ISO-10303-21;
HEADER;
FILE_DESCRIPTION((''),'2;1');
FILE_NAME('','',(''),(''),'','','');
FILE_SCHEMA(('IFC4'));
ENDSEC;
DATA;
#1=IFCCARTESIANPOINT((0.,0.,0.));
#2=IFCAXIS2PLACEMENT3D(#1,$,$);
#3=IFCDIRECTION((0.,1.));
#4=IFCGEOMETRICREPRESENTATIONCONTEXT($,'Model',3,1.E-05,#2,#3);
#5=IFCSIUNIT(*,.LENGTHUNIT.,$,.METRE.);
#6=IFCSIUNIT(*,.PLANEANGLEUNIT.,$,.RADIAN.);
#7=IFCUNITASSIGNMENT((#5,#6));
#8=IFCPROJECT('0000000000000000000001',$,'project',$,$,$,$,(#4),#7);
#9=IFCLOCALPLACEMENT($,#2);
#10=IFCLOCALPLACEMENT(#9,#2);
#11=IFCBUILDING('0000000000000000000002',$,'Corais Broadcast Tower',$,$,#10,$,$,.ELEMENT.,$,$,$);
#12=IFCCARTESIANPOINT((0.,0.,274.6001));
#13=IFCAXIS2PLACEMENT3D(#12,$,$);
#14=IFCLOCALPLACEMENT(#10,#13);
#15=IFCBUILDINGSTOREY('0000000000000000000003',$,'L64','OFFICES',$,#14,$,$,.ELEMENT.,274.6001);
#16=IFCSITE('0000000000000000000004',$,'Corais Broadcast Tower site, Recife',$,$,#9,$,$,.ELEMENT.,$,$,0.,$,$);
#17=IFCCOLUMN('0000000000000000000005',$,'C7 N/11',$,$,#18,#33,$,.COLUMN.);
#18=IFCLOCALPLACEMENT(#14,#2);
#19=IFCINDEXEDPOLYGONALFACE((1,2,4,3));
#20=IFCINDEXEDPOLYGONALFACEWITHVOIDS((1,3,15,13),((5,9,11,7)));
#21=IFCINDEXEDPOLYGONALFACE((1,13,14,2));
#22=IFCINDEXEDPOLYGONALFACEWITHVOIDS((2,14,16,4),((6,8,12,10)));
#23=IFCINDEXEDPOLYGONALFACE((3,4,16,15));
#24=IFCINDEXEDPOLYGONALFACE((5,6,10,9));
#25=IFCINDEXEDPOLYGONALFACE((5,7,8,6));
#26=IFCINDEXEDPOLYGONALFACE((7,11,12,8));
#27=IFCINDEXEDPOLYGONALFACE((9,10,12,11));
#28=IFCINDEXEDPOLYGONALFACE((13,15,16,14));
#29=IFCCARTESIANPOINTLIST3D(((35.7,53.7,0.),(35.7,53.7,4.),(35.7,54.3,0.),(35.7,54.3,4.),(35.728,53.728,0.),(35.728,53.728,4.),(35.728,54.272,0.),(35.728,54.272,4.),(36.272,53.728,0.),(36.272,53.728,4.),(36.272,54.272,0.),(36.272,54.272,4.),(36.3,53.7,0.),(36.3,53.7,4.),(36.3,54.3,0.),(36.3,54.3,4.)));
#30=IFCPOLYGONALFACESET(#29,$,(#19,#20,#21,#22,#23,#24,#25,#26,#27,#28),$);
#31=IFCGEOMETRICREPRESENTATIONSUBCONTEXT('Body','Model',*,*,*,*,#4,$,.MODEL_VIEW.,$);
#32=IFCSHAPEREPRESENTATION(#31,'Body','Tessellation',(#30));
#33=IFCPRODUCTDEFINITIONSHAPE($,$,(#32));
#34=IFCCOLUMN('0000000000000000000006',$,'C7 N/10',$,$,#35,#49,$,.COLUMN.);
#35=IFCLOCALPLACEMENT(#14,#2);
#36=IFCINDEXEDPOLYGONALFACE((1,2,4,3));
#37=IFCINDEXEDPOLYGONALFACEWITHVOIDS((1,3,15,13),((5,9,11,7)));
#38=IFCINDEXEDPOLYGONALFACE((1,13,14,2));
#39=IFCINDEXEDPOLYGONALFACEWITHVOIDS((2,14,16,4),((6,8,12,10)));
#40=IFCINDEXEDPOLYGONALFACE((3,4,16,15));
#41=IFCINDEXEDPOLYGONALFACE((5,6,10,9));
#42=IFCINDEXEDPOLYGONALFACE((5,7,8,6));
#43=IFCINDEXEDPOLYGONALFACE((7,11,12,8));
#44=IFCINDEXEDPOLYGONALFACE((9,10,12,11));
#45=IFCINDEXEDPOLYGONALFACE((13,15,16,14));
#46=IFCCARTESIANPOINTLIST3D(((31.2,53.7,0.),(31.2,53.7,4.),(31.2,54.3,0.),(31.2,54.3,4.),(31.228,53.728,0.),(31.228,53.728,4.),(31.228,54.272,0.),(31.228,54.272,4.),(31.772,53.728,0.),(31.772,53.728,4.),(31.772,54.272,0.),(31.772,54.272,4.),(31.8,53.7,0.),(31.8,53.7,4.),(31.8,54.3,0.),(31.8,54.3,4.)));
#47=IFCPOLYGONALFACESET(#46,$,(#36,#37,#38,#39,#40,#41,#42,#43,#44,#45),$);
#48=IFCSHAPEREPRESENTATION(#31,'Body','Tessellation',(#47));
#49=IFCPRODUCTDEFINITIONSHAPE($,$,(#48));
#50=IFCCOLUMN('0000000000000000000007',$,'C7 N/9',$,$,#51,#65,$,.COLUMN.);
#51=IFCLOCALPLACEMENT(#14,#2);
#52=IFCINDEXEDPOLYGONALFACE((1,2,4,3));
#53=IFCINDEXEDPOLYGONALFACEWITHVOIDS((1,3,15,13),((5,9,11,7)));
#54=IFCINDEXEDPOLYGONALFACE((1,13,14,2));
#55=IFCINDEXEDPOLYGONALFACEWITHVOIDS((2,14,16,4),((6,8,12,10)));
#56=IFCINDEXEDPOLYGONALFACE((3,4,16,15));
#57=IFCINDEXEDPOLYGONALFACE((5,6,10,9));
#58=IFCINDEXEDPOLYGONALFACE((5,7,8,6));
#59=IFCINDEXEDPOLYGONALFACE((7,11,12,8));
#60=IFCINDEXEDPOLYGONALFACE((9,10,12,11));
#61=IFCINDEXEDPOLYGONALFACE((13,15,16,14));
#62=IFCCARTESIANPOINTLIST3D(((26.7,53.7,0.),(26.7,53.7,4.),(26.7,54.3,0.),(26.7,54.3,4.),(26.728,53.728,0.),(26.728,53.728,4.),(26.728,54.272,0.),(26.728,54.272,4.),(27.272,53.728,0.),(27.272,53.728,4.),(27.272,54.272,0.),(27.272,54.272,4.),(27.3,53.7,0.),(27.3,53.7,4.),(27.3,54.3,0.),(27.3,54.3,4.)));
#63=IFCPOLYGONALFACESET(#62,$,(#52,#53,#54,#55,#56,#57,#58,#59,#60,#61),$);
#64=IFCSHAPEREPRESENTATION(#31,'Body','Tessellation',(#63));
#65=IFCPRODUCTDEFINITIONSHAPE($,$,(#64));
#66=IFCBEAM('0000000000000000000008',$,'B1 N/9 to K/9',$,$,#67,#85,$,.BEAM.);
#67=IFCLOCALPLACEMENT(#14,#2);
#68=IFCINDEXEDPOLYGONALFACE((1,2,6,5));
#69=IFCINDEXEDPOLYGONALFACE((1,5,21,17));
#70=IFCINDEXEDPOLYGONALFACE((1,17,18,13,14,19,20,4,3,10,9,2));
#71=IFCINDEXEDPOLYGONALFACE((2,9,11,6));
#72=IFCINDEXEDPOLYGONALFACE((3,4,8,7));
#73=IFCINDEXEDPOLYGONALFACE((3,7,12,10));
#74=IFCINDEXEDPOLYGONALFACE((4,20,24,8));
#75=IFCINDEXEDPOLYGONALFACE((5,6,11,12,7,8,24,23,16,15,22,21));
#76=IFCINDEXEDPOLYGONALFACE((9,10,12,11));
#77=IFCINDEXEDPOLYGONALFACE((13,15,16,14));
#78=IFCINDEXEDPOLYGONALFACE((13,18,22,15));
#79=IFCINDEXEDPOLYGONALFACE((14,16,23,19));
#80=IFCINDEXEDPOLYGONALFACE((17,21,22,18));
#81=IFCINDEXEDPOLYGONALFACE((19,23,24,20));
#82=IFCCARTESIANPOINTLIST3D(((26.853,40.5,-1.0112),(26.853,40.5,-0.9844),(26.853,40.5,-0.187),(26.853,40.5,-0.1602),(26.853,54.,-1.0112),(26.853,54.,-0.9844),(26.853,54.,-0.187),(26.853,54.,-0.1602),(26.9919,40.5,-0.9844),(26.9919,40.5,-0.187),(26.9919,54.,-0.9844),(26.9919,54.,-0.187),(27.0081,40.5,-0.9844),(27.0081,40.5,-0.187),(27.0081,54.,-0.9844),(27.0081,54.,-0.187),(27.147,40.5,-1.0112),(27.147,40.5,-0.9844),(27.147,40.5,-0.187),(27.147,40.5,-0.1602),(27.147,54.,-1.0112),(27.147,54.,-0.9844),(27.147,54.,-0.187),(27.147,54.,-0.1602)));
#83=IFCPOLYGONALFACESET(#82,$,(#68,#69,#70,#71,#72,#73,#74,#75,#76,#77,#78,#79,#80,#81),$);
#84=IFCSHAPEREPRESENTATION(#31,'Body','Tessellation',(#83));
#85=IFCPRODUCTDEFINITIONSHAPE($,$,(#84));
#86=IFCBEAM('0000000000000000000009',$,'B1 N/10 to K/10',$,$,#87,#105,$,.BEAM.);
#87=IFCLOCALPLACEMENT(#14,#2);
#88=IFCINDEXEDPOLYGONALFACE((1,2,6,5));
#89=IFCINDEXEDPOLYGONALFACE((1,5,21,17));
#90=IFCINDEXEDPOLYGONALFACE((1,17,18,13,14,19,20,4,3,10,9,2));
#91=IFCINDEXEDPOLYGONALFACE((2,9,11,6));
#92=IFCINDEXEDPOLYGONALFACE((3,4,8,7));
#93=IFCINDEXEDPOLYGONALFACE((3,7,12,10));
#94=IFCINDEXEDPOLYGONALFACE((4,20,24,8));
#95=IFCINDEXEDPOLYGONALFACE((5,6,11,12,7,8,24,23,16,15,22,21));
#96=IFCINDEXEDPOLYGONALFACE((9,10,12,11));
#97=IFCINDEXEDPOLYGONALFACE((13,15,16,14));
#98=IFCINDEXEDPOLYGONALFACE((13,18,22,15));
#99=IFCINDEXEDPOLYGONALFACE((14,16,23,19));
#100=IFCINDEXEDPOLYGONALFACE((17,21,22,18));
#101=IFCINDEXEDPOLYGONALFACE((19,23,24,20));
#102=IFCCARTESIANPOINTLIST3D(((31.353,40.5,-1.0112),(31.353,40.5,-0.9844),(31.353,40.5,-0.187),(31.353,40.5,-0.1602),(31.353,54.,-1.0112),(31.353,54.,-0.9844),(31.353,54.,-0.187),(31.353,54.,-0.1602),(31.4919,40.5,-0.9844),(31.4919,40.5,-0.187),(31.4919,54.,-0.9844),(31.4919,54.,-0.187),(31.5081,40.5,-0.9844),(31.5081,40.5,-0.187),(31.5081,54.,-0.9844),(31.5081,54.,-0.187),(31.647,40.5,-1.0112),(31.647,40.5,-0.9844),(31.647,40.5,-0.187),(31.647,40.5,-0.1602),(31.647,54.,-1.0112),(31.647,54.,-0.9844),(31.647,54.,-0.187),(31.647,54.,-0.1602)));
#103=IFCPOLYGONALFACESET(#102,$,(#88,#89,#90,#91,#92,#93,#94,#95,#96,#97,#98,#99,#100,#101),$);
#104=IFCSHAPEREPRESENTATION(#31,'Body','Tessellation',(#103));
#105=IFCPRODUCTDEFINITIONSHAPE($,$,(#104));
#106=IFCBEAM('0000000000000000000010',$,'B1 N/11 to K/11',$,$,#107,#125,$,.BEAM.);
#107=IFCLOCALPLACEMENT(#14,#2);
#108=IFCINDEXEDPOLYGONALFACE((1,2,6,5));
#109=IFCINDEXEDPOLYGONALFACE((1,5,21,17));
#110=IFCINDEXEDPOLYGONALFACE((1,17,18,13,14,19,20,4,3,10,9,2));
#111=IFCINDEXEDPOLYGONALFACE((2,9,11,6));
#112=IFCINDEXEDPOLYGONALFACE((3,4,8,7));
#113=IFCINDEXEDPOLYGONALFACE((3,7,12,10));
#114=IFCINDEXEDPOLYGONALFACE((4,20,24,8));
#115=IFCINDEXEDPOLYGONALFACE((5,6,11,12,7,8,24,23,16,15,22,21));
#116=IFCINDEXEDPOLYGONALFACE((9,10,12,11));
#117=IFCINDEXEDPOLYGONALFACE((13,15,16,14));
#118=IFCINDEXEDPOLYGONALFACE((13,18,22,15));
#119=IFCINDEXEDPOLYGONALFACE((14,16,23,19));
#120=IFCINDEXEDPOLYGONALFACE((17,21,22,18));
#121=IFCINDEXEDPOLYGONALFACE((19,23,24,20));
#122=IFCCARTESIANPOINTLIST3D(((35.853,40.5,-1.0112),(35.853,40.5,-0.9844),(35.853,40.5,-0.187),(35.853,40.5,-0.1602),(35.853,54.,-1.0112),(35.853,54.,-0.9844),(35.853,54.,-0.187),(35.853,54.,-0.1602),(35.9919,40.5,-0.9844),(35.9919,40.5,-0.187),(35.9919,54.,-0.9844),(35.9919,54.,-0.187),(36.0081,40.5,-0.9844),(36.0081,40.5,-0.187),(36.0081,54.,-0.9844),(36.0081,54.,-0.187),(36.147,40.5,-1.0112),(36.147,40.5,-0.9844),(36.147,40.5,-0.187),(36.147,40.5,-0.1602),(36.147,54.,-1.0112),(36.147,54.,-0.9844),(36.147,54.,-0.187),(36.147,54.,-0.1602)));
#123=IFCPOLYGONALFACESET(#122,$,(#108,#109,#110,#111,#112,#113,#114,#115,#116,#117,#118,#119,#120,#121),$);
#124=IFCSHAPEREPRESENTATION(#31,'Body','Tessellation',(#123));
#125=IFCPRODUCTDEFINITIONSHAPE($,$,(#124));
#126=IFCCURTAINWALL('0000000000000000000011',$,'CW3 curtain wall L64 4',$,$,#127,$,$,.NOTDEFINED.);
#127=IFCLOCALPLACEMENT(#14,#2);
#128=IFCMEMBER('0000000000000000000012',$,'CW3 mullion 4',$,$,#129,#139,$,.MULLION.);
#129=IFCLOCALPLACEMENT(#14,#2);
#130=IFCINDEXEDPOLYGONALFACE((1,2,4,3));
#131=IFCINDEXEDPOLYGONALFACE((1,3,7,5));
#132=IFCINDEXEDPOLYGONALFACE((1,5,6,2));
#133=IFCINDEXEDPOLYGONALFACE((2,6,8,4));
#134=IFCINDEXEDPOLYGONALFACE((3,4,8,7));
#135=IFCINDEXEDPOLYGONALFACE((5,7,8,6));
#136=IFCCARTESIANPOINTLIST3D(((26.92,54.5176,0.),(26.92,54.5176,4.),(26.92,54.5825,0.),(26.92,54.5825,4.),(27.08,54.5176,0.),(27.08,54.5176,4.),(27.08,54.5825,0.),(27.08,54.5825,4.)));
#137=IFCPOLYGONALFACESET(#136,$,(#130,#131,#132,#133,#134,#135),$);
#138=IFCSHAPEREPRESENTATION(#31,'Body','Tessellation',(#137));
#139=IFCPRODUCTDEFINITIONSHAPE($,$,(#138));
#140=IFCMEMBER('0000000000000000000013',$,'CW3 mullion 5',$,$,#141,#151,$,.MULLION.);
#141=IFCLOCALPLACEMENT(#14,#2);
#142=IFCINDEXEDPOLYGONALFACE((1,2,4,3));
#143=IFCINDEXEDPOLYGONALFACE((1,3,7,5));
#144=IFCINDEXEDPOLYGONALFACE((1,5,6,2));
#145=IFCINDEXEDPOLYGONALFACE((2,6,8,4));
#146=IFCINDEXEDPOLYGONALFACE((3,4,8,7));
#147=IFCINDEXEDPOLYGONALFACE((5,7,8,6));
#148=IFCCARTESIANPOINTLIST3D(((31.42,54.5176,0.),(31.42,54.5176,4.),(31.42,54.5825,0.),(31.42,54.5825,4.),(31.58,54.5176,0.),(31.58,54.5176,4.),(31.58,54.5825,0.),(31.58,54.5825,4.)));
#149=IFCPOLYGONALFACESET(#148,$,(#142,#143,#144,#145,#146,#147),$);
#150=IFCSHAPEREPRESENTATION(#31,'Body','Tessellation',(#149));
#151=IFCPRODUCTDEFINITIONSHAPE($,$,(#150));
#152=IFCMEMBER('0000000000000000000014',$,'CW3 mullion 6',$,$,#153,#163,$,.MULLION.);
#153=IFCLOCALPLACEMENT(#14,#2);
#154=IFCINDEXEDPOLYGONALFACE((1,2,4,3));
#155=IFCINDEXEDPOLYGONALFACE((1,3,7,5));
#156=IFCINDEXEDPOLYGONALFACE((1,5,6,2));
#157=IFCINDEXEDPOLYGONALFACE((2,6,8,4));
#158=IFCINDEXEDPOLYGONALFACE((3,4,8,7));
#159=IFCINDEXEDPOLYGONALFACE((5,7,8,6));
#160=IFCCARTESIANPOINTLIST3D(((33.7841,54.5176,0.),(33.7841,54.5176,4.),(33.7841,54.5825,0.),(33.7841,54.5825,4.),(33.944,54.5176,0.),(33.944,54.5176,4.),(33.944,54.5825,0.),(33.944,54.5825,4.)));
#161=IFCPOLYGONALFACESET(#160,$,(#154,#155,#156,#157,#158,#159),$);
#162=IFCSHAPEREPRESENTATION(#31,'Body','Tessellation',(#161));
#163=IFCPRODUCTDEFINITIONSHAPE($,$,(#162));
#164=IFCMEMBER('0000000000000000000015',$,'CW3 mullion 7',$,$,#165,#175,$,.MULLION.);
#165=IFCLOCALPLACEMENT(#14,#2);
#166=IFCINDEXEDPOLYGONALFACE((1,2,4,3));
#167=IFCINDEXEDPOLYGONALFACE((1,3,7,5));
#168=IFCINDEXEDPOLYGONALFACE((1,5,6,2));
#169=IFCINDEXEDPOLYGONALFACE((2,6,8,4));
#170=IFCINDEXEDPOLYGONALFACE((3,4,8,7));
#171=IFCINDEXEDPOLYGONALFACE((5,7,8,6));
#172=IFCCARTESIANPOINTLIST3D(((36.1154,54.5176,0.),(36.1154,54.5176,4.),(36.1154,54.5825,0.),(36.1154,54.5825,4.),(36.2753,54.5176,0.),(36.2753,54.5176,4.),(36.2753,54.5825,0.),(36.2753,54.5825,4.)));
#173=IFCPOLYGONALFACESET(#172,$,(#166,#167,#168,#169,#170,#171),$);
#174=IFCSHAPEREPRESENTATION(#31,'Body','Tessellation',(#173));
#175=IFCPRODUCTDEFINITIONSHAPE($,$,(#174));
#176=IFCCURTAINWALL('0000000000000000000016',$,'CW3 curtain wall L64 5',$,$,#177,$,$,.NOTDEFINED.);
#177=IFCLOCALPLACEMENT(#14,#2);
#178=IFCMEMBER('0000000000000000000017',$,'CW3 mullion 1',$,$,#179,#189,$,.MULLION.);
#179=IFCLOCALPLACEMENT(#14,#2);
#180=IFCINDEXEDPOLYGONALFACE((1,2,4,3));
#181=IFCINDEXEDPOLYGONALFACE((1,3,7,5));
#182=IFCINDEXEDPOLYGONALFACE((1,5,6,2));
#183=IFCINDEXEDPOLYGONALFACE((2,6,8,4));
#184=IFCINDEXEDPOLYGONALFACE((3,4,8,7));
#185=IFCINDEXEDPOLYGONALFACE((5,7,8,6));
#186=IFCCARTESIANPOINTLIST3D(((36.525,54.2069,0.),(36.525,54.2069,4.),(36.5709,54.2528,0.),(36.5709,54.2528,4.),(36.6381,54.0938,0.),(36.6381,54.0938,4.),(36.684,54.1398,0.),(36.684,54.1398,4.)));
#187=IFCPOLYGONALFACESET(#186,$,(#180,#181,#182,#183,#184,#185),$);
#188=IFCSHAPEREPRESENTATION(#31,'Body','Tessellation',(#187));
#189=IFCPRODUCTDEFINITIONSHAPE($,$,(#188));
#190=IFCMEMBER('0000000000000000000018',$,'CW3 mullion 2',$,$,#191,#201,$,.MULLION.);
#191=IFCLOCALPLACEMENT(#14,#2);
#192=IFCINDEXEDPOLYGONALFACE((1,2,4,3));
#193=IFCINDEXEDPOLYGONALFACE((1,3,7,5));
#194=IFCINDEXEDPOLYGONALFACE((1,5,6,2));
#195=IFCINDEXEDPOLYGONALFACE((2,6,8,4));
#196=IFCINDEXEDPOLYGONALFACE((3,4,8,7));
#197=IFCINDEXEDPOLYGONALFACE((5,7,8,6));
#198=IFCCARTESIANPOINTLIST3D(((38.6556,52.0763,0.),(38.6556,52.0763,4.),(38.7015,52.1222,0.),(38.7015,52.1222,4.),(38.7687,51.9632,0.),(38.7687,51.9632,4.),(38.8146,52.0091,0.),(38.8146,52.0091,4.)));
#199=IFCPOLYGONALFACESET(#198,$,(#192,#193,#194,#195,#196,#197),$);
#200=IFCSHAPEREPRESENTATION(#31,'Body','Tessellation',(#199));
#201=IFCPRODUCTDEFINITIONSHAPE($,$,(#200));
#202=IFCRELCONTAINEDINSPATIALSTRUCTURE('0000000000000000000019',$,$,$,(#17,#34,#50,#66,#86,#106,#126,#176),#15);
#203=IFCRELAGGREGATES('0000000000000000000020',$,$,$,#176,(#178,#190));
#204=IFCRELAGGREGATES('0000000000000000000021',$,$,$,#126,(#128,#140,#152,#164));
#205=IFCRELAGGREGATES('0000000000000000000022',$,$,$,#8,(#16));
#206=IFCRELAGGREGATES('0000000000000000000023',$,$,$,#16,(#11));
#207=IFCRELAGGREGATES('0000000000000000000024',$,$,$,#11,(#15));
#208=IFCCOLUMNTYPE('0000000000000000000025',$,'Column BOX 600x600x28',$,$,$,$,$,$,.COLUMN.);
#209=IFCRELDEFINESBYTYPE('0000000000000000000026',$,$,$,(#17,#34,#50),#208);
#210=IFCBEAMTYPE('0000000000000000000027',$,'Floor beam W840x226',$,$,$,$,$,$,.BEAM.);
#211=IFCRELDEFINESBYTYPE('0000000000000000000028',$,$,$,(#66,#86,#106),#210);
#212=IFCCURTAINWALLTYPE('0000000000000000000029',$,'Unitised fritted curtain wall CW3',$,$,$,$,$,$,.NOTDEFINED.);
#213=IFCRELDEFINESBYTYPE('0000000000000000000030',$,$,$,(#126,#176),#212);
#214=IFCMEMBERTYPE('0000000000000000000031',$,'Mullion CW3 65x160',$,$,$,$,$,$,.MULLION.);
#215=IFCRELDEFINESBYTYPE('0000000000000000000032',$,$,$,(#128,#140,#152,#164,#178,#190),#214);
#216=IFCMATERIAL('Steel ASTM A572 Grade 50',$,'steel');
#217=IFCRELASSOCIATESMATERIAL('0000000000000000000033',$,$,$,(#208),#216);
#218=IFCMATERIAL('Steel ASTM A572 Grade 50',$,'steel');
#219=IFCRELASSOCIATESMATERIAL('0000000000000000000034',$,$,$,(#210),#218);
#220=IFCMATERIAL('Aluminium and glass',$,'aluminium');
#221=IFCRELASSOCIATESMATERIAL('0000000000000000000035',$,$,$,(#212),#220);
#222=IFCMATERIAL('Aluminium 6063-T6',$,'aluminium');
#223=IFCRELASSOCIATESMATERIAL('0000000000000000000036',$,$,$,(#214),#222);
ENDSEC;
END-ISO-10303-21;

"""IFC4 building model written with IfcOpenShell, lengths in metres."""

from ifc_helpers import new_model, si_unit, direction, frame, origin, origin_2d, place, context, subcontext, project, spatial, rectangle, hollow_rectangle, i_section, extrude, material, material_profile, profile_set, type_object, element, aggregate, save


model = new_model("IFC4")

# Units and contexts
model_context = context("Model", 3, precision=1e-05, world=origin(), true_north=direction((0.0, 1.0)))
body_context = subcontext(model_context, "Body", "Model", "MODEL_VIEW")
ifc_project = project(units=[si_unit("LENGTHUNIT", "METRE"), si_unit("PLANEANGLEUNIT", "RADIAN")], contexts=[model_context])

# Site, building, storey
site_placement = place(None, origin())
site = spatial("IfcSite", under=ifc_project, at=site_placement, Name="Corais Broadcast Tower site, Recife", CompositionType="ELEMENT", RefElevation=0.0)
building_placement = place(site_placement, origin())
building = spatial("IfcBuilding", under=site, at=building_placement, Name="Corais Broadcast Tower", CompositionType="ELEMENT")
storey_placement = place(building_placement, frame((0.0, 0.0, 274.6001)))
storey = spatial("IfcBuildingStorey", under=building, at=storey_placement, Name="L64", Description="OFFICES", CompositionType="ELEMENT", Elevation=274.6001)

# Columns
ifc_material_1 = material(Name="Steel ASTM A572 Grade 50", Category="steel")
ifc_material_profile_1 = material_profile(ifc_material_1, hollow_rectangle(XDim=0.6001, YDim=0.6001, WallThickness=0.0281, at=origin_2d()), Name="BOX 600x600x28")
ifc_profile_set_1 = profile_set([ifc_material_profile_1], Name="Steel ASTM A572 Grade 50")
column_type = type_object("IfcColumnType", Name="Column BOX 600x600x28", PredefinedType="COLUMN", material=ifc_profile_set_1)
for number, where, z_axis, x_axis, name in (
    (1, (36.0, 54.0, 0.0), (0.0, 0.0, 1.0), (1.0, 0.0, 0.0), "C7 N/11"),
    (2, (31.5, 54.0, 0.0), (0.0, 0.0, 1.0), (1.0, 0.0, 0.0), "C7 N/10"),
    (3, (27.0, 54.0, 0.0), (0.0, 0.0, 1.0), (1.0, 0.0, 0.0), "C7 N/9"),
):
    element("IfcColumn", number, at=place(storey_placement, frame(where, z_axis=z_axis, x_axis=x_axis)), inside=storey, type_object=column_type, Name=name, PredefinedType="COLUMN", context=body_context, shape_type="SweptSolid", body=[
        extrude(hollow_rectangle(XDim=0.6001, YDim=0.6001, WallThickness=0.0281, at=origin_2d()), origin(), (0.0, 0.0, 1.0), 4.0),
    ])

# Beams
ifc_material_2 = material(Name="Steel ASTM A572 Grade 50", Category="steel")
ifc_material_profile_2 = material_profile(ifc_material_2, i_section(OverallWidth=0.2939, OverallDepth=0.8511, WebThickness=0.0161, FlangeThickness=0.0269, at=origin_2d()), Name="W840x226")
ifc_profile_set_2 = profile_set([ifc_material_profile_2], Name="Steel ASTM A572 Grade 50")
beam_type_1 = type_object("IfcBeamType", Name="Floor beam W840x226", PredefinedType="BEAM", material=ifc_profile_set_2)
for number, where, z_axis, x_axis, name in (
    (4, (27.0, 54.0, -0.5857), (0.0, -1.0, 0.0), (1.0, 0.0, 0.0), "B1 N/9 to K/9"),
    (5, (31.5, 54.0, -0.5857), (0.0, -1.0, 0.0), (1.0, 0.0, 0.0), "B1 N/10 to K/10"),
    (6, (36.0, 54.0, -0.5857), (0.0, -1.0, 0.0), (1.0, 0.0, 0.0), "B1 N/11 to K/11"),
):
    element("IfcBeam", number, at=place(storey_placement, frame(where, z_axis=z_axis, x_axis=x_axis)), inside=storey, type_object=beam_type_1, Name=name, PredefinedType="BEAM", context=body_context, shape_type="SweptSolid", body=[
        extrude(i_section(OverallWidth=0.2939, OverallDepth=0.8511, WebThickness=0.0161, FlangeThickness=0.0269, at=origin_2d()), origin(), (0.0, 0.0, 1.0), 13.5),
    ])

# Curtain walls, members
ifc_material_3 = material(Name="Aluminium and glass", Category="aluminium")
curtain_wall_type = type_object("IfcCurtainWallType", Name="Unitised fritted curtain wall CW3", PredefinedType="NOTDEFINED", material=ifc_material_3)
curtain_wall_1_placement = place(storey_placement, origin())
curtain_wall_1 = element("IfcCurtainWall", 7, at=curtain_wall_1_placement, inside=storey, type_object=curtain_wall_type, Name="CW3 curtain wall L64 4", PredefinedType="NOTDEFINED")
ifc_material_4 = material(Name="Aluminium 6063-T6", Category="aluminium")
ifc_material_profile_3 = material_profile(ifc_material_4, rectangle(XDim=0.0649, YDim=0.1599, at=origin_2d()), Name="Mullion CW3 65x160")
ifc_profile_set_3 = profile_set([ifc_material_profile_3], Name="Aluminium 6063-T6")
member_type_1 = type_object("IfcMemberType", Name="Mullion CW3 65x160", PredefinedType="MULLION", material=ifc_profile_set_3)
member_1_placement = place(storey_placement, frame((27.0, 54.55, 0.0), z_axis=(0.0, 0.0, 1.0), x_axis=(0.0, 1.0, 0.0)))
member_1 = element("IfcMember", 8, at=member_1_placement, type_object=member_type_1, Name="CW3 mullion 4", PredefinedType="MULLION", context=body_context, shape_type="SweptSolid", body=[
    extrude(rectangle(XDim=0.0649, YDim=0.1599, at=origin_2d()), origin(), (0.0, 0.0, 1.0), 4.0),
])
member_2_placement = place(storey_placement, frame((31.5, 54.55, 0.0), z_axis=(0.0, 0.0, 1.0), x_axis=(0.0, 1.0, 0.0)))
member_2 = element("IfcMember", 9, at=member_2_placement, type_object=member_type_1, Name="CW3 mullion 5", PredefinedType="MULLION", context=body_context, shape_type="SweptSolid", body=[
    extrude(rectangle(XDim=0.0649, YDim=0.1599, at=origin_2d()), origin(), (0.0, 0.0, 1.0), 4.0),
])
member_3_placement = place(storey_placement, frame((33.864, 54.55, 0.0), z_axis=(0.0, 0.0, 1.0), x_axis=(0.0, 1.0, 0.0)))
member_3 = element("IfcMember", 10, at=member_3_placement, type_object=member_type_1, Name="CW3 mullion 6", PredefinedType="MULLION", context=body_context, shape_type="SweptSolid", body=[
    extrude(rectangle(XDim=0.0649, YDim=0.1599, at=origin_2d()), origin(), (0.0, 0.0, 1.0), 4.0),
])
member_4_placement = place(storey_placement, frame((36.1953, 54.55, 0.0), z_axis=(0.0, 0.0, 1.0), x_axis=(0.0, 1.0, 0.0)))
member_4 = element("IfcMember", 11, at=member_4_placement, type_object=member_type_1, Name="CW3 mullion 7", PredefinedType="MULLION", context=body_context, shape_type="SweptSolid", body=[
    extrude(rectangle(XDim=0.0649, YDim=0.1599, at=origin_2d()), origin(), (0.0, 0.0, 1.0), 4.0),
])
curtain_wall_2_placement = place(storey_placement, origin())
curtain_wall_2 = element("IfcCurtainWall", 12, at=curtain_wall_2_placement, inside=storey, type_object=curtain_wall_type, Name="CW3 curtain wall L64 5", PredefinedType="NOTDEFINED")
member_5_placement = place(storey_placement, frame((36.6045, 54.1733, 0.0), z_axis=(0.0, 0.0, 1.0), x_axis=(0.707107, 0.707107, 0.0)))
member_5 = element("IfcMember", 13, at=member_5_placement, type_object=member_type_1, Name="CW3 mullion 1", PredefinedType="MULLION", context=body_context, shape_type="SweptSolid", body=[
    extrude(rectangle(XDim=0.0649, YDim=0.1599, at=origin_2d()), origin(), (0.0, 0.0, 1.0), 4.0),
])
member_6_placement = place(storey_placement, frame((38.7351, 52.0427, 0.0), z_axis=(0.0, 0.0, 1.0), x_axis=(0.707107, 0.707107, 0.0)))
member_6 = element("IfcMember", 14, at=member_6_placement, type_object=member_type_1, Name="CW3 mullion 2", PredefinedType="MULLION", context=body_context, shape_type="SweptSolid", body=[
    extrude(rectangle(XDim=0.0649, YDim=0.1599, at=origin_2d()), origin(), (0.0, 0.0, 1.0), 4.0),
])

aggregate(curtain_wall_2, [member_5, member_6])
aggregate(curtain_wall_1, [member_1, member_2, member_3, member_4])

save(model, "model.ifc")
